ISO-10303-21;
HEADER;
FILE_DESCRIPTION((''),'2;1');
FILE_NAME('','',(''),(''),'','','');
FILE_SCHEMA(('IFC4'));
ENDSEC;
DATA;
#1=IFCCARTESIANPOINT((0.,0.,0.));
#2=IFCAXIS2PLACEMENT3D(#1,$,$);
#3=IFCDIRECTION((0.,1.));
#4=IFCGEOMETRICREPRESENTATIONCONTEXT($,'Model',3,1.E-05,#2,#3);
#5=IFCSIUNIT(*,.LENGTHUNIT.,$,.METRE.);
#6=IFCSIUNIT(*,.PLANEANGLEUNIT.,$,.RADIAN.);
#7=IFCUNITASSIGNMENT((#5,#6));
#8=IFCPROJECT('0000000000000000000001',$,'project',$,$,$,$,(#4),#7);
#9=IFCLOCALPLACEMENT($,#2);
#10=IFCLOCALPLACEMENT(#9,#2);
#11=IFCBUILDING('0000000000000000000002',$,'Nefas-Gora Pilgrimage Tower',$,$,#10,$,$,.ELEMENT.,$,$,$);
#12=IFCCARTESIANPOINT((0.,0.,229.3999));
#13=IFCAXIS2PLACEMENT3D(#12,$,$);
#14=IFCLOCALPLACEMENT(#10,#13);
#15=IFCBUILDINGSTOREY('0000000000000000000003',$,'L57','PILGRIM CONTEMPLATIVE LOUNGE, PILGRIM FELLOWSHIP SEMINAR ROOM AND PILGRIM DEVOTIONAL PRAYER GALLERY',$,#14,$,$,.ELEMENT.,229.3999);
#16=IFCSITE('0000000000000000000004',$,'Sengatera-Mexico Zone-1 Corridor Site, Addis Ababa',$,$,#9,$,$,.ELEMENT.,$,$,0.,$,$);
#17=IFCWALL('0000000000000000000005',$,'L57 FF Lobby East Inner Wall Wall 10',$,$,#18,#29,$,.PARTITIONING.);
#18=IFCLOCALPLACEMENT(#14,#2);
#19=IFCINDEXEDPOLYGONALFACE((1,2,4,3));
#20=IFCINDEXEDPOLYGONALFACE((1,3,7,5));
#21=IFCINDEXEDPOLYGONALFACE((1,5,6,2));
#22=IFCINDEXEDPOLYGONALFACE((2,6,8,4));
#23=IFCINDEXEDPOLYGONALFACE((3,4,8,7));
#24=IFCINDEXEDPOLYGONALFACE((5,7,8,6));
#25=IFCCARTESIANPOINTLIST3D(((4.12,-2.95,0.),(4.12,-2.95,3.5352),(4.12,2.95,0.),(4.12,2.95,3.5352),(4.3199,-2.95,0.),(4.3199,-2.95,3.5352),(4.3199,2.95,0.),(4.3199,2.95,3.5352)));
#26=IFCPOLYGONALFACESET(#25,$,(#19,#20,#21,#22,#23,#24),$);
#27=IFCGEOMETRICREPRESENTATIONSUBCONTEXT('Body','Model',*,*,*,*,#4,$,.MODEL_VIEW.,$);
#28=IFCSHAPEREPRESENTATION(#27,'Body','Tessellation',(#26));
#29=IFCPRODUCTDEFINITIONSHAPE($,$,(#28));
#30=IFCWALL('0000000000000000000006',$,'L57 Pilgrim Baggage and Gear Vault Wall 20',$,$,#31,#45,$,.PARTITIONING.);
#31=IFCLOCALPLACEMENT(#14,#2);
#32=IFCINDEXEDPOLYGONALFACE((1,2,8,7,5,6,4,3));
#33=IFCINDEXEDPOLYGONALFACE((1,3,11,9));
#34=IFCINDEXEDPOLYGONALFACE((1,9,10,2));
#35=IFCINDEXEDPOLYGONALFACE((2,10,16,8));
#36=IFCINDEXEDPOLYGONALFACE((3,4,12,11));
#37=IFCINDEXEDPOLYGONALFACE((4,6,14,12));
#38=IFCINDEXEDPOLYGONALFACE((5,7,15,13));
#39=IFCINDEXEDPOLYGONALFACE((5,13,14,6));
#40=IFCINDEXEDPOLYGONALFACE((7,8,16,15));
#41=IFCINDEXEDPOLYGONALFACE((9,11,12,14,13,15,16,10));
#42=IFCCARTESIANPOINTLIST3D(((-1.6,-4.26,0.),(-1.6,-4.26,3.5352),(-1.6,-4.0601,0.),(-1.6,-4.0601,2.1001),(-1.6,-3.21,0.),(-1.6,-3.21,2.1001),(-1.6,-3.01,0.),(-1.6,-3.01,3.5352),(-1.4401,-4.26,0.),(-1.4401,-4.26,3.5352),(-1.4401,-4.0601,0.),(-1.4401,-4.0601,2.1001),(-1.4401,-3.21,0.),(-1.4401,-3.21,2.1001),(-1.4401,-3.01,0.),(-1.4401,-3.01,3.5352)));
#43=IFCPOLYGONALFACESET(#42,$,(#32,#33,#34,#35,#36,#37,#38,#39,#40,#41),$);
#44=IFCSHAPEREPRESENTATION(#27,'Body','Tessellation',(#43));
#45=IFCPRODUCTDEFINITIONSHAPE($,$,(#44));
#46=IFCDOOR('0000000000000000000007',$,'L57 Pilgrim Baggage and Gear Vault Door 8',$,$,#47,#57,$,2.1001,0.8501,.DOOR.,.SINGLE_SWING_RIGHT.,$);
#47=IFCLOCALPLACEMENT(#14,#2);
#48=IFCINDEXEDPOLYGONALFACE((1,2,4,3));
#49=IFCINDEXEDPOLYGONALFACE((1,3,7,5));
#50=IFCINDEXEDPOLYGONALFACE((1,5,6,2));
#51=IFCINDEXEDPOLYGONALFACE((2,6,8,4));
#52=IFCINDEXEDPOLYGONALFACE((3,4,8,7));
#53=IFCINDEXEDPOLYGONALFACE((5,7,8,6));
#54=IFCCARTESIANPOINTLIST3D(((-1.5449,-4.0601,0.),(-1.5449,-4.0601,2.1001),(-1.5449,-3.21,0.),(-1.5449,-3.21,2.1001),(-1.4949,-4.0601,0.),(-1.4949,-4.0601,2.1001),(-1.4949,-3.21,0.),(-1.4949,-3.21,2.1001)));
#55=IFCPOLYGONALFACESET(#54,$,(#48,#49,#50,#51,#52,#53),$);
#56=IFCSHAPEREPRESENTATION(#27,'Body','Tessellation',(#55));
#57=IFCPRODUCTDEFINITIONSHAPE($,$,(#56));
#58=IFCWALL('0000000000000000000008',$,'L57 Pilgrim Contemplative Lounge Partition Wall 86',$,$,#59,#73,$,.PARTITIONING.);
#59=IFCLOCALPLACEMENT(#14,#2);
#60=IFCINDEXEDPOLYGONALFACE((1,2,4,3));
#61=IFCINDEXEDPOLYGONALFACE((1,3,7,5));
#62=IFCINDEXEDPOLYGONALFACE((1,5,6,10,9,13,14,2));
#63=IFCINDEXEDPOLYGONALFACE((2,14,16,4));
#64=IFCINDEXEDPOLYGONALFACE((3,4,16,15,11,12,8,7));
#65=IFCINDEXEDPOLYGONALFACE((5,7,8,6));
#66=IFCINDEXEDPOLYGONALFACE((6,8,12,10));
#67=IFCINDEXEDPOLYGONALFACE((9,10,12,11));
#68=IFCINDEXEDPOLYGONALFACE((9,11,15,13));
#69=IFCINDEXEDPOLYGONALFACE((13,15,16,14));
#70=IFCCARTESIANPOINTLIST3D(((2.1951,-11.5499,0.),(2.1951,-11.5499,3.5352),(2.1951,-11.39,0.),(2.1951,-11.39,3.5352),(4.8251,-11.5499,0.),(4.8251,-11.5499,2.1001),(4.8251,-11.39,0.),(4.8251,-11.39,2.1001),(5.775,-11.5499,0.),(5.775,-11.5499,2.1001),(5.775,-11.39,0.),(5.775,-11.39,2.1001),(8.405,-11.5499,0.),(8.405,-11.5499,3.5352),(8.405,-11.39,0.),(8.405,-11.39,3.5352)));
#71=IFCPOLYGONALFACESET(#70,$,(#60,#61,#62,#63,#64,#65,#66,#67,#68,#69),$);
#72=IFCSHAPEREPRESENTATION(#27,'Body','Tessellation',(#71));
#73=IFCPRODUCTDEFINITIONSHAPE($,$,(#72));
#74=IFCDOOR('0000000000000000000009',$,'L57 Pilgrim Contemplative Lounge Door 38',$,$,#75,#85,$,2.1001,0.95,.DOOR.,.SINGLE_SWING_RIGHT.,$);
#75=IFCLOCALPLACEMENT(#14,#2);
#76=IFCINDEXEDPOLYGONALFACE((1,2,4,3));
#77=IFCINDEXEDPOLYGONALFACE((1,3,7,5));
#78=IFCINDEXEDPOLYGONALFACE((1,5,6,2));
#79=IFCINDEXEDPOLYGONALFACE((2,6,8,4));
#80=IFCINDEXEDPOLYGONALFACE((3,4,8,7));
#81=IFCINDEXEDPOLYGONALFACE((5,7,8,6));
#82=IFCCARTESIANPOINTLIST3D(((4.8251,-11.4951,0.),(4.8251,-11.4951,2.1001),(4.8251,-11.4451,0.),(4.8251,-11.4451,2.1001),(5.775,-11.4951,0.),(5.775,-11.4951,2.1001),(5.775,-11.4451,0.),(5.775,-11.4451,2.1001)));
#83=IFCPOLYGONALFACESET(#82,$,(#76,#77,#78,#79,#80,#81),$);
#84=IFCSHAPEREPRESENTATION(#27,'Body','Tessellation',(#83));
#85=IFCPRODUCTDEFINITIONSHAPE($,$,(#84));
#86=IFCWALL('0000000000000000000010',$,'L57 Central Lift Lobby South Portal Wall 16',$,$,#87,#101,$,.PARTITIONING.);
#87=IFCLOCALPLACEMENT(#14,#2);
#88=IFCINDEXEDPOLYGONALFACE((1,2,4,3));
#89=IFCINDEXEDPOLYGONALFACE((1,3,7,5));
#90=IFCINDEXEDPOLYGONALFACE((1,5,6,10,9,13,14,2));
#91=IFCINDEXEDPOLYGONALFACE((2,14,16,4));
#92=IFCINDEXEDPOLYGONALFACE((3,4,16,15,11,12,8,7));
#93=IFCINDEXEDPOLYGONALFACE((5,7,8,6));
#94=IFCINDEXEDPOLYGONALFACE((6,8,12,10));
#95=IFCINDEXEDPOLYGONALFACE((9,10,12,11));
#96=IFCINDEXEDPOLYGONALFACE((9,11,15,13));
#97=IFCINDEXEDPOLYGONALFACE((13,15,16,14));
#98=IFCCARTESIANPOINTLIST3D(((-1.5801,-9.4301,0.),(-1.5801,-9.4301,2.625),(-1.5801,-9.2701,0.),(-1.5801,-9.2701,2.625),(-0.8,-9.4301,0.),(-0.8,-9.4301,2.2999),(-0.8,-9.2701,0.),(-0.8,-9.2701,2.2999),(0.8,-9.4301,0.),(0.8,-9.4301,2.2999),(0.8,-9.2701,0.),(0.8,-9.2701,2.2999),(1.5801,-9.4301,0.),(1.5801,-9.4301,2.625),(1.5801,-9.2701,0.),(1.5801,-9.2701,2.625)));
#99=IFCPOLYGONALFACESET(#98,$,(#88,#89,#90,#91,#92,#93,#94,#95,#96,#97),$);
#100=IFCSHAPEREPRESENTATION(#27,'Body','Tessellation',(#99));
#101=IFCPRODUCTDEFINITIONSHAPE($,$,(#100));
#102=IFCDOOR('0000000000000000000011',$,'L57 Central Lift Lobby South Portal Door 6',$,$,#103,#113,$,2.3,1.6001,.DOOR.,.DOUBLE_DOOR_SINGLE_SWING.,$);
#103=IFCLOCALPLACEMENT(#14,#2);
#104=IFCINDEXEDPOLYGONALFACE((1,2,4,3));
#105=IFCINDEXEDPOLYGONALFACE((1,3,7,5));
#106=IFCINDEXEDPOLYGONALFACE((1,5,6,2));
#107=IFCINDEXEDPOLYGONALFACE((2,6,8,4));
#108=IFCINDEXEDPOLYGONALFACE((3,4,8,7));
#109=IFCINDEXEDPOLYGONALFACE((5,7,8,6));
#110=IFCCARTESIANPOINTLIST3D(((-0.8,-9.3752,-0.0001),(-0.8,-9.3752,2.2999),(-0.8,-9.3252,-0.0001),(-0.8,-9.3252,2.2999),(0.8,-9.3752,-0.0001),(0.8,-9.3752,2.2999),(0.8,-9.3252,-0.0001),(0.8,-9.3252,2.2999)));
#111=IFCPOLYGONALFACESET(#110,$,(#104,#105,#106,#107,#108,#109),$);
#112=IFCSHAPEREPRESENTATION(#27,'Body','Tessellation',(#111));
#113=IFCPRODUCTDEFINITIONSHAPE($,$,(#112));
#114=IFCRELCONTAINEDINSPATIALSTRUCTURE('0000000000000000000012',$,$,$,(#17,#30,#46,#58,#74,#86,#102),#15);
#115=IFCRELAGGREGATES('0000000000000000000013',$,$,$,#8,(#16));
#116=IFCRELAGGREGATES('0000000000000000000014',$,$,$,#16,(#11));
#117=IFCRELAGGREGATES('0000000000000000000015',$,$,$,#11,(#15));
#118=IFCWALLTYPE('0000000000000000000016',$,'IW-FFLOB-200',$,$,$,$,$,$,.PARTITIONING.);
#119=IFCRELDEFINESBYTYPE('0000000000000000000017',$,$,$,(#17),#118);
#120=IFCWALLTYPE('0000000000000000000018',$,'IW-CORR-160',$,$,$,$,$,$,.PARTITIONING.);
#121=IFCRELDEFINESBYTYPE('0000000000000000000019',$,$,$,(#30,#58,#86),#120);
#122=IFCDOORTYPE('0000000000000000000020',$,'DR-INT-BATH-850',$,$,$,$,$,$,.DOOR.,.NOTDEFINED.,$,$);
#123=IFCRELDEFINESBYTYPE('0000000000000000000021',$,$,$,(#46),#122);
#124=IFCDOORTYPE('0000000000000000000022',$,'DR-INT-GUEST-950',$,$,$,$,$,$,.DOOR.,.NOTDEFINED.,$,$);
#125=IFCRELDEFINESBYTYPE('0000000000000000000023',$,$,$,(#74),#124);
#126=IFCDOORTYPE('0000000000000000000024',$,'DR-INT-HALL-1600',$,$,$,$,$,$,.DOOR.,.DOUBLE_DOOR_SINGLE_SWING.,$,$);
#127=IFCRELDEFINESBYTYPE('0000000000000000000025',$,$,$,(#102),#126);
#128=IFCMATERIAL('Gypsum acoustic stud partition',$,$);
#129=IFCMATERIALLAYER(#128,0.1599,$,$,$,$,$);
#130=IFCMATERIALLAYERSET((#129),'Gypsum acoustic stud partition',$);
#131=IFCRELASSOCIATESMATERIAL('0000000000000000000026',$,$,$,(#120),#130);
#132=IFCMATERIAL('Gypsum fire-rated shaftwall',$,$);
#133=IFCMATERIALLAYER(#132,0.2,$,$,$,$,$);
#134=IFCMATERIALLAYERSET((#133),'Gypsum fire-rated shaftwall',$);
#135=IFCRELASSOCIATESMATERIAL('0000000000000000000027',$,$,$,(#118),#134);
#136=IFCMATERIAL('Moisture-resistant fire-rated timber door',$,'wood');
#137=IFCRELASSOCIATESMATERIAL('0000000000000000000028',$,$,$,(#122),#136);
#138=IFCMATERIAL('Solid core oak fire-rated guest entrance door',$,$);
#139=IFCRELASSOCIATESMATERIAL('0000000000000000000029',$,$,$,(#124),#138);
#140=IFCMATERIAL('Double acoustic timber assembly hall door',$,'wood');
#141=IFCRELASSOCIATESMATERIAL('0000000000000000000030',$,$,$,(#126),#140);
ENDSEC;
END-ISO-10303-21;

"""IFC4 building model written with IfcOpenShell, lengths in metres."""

from ifc_helpers import new_model, si_unit, direction, frame, frame_2d, origin, place, context, subcontext, project, spatial, rectangle, extrude, source, transform, mapped, material, layer, layer_set, type_object, element, fill, save


model = new_model("IFC4")

# Units and contexts
model_context = context("Model", 3, precision=1e-05, world=origin(), true_north=direction((0.0, 1.0)))
body_context = subcontext(model_context, "Body", "Model", "MODEL_VIEW")
ifc_project = project(units=[si_unit("LENGTHUNIT", "METRE"), si_unit("PLANEANGLEUNIT", "RADIAN")], contexts=[model_context])

# Site, building, storey
site_placement = place(None, origin())
site = spatial("IfcSite", under=ifc_project, at=site_placement, Name="Sengatera-Mexico Zone-1 Corridor Site, Addis Ababa", CompositionType="ELEMENT", RefElevation=0.0)
building_placement = place(site_placement, origin())
building = spatial("IfcBuilding", under=site, at=building_placement, Name="Nefas-Gora Pilgrimage Tower", CompositionType="ELEMENT")
storey_placement = place(building_placement, frame((0.0, 0.0, 229.3999)))
storey = spatial("IfcBuildingStorey", under=building, at=storey_placement, Name="L57", Description="PILGRIM CONTEMPLATIVE LOUNGE, PILGRIM FELLOWSHIP SEMINAR ROOM AND PILGRIM DEVOTIONAL PRAYER GALLERY", CompositionType="ELEMENT", Elevation=229.3999)

# Wall
ifc_material_1 = material(Name="Gypsum acoustic stud partition")
ifc_layer_1 = layer(ifc_material_1, 0.1599)
ifc_layer_set_1 = layer_set([ifc_layer_1], Name="Gypsum acoustic stud partition")
wall_type_1 = type_object("IfcWallType", Name="IW-CORR-160", PredefinedType="PARTITIONING", material=ifc_layer_set_1)
ifc_material_2 = material(Name="Gypsum fire-rated shaftwall")
ifc_layer_2 = layer(ifc_material_2, 0.2)
ifc_layer_set_2 = layer_set([ifc_layer_2], Name="Gypsum fire-rated shaftwall")
wall_type_2 = type_object("IfcWallType", Name="IW-FFLOB-200", PredefinedType="PARTITIONING", material=ifc_layer_set_2)
shared_shape_1 = source(origin(), body_context, "Body", "SweptSolid", [
    extrude(rectangle(XDim=5.8999, YDim=0.2, at=frame_2d((2.95, 0.0))), origin(), (0.0, 0.0, 1.0), 3.5352),
])
wall_1_placement = place(storey_placement, frame((4.22, -2.95, 0.0), z_axis=(0.0, 0.0, 1.0), x_axis=(0.0, 1.0, 0.0)))
element("IfcWall", 1, at=wall_1_placement, inside=storey, type_object=wall_type_2, Name="L57 FF Lobby East Inner Wall Wall 10", PredefinedType="PARTITIONING", context=body_context, shape_type="MappedRepresentation", body=[
    mapped(shared_shape_1, transform((0.0, 0.0, 0.0), x_axis=(1.0, 0.0, 0.0), y_axis=(0.0, 1.0, 0.0), z_axis=(0.0, 0.0, 1.0), scale=1.0)),
])

# Walls, openings, doors
shared_shape_2 = source(origin(), body_context, "Body", "SweptSolid", [
    extrude(rectangle(XDim=1.25, YDim=0.1599, at=frame_2d((0.625, 0.0))), origin(), (0.0, 0.0, 1.0), 3.5352),
])
wall_2_placement = place(storey_placement, frame((-1.52, -4.26, 0.0), z_axis=(0.0, 0.0, 1.0), x_axis=(0.0, 1.0, 0.0)))
wall_2 = element("IfcWall", 2, at=wall_2_placement, inside=storey, type_object=wall_type_1, Name="L57 Pilgrim Baggage and Gear Vault Wall 20", PredefinedType="PARTITIONING", context=body_context, shape_type="MappedRepresentation", body=[
    mapped(shared_shape_2, transform((0.0, 0.0, 0.0), x_axis=(1.0, 0.0, 0.0), y_axis=(0.0, 1.0, 0.0), z_axis=(0.0, 0.0, 1.0), scale=1.0)),
])
opening_1_placement = place(wall_2_placement, frame((0.2, 0.0, 0.0)))
opening_1 = element("IfcOpeningElement", 3, at=opening_1_placement, cuts=wall_2, PredefinedType="OPENING", context=body_context, shape_type="SweptSolid", body=[
    extrude(rectangle(XDim=0.8501, YDim=2.1001, at=frame_2d((0.425, 1.05))), frame((0.0, 0.0898, 0.0), z_axis=(0.0, -1.0, 0.0), x_axis=(1.0, 0.0, 0.0)), (0.0, 0.0, 1.0), 0.1799),
])
ifc_material_3 = material(Name="Moisture-resistant fire-rated timber door", Category="wood")
door_type_1 = type_object("IfcDoorType", Name="DR-INT-BATH-850", OperationType="NOTDEFINED", PredefinedType="DOOR", material=ifc_material_3)
shared_shape_3 = source(origin(), body_context, "Body", "SweptSolid", [
    extrude(rectangle(XDim=0.8501, YDim=2.1001, at=frame_2d((0.425, 1.05))), frame((0.0, 0.0249, 0.0), z_axis=(0.0, -1.0, 0.0), x_axis=(1.0, 0.0, 0.0)), (0.0, 0.0, 1.0), 0.05),
])
door_1_placement = place(opening_1_placement, origin())
door_1 = element("IfcDoor", 4, at=door_1_placement, inside=storey, type_object=door_type_1, Name="L57 Pilgrim Baggage and Gear Vault Door 8", OperationType="SINGLE_SWING_RIGHT", OverallHeight=2.1001, OverallWidth=0.8501, PredefinedType="DOOR", context=body_context, shape_type="MappedRepresentation", body=[
    mapped(shared_shape_3, transform((0.0, 0.0, 0.0), x_axis=(1.0, 0.0, 0.0), y_axis=(0.0, 1.0, 0.0), z_axis=(0.0, 0.0, 1.0), scale=1.0)),
])
fill(opening_1, door_1)
shared_shape_4 = source(origin(), body_context, "Body", "SweptSolid", [
    extrude(rectangle(XDim=6.21, YDim=0.1599, at=frame_2d((3.105, 0.0))), origin(), (0.0, 0.0, 1.0), 3.5352),
])
wall_3_placement = place(storey_placement, frame((2.1951, -11.47, 0.0), z_axis=(0.0, 0.0, 1.0), x_axis=(1.0, 0.0, 0.0)))
wall_3 = element("IfcWall", 5, at=wall_3_placement, inside=storey, type_object=wall_type_1, Name="L57 Pilgrim Contemplative Lounge Partition Wall 86", PredefinedType="PARTITIONING", context=body_context, shape_type="MappedRepresentation", body=[
    mapped(shared_shape_4, transform((0.0, 0.0, 0.0), x_axis=(1.0, 0.0, 0.0), y_axis=(0.0, 1.0, 0.0), z_axis=(0.0, 0.0, 1.0), scale=1.0)),
])
opening_2_placement = place(wall_3_placement, frame((2.6299, 0.0, 0.0)))
opening_2 = element("IfcOpeningElement", 6, at=opening_2_placement, cuts=wall_3, PredefinedType="OPENING", context=body_context, shape_type="SweptSolid", body=[
    extrude(rectangle(XDim=0.95, YDim=2.1001, at=frame_2d((0.4751, 1.05))), frame((0.0, 0.0898, 0.0), z_axis=(0.0, -1.0, 0.0), x_axis=(1.0, 0.0, 0.0)), (0.0, 0.0, 1.0), 0.1799),
])
ifc_material_4 = material(Name="Solid core oak fire-rated guest entrance door")
door_type_2 = type_object("IfcDoorType", Name="DR-INT-GUEST-950", OperationType="NOTDEFINED", PredefinedType="DOOR", material=ifc_material_4)
shared_shape_5 = source(origin(), body_context, "Body", "SweptSolid", [
    extrude(rectangle(XDim=0.95, YDim=2.1001, at=frame_2d((0.4751, 1.05))), frame((0.0, 0.0249, 0.0), z_axis=(0.0, -1.0, 0.0), x_axis=(1.0, 0.0, 0.0)), (0.0, 0.0, 1.0), 0.05),
])
door_2_placement = place(opening_2_placement, origin())
door_2 = element("IfcDoor", 7, at=door_2_placement, inside=storey, type_object=door_type_2, Name="L57 Pilgrim Contemplative Lounge Door 38", OperationType="SINGLE_SWING_RIGHT", OverallHeight=2.1001, OverallWidth=0.95, PredefinedType="DOOR", context=body_context, shape_type="MappedRepresentation", body=[
    mapped(shared_shape_5, transform((0.0, 0.0, 0.0), x_axis=(1.0, 0.0, 0.0), y_axis=(0.0, 1.0, 0.0), z_axis=(0.0, 0.0, 1.0), scale=1.0)),
])
fill(opening_2, door_2)
shared_shape_6 = source(origin(), body_context, "Body", "SweptSolid", [
    extrude(rectangle(XDim=3.1602, YDim=0.1599, at=frame_2d((1.5801, 0.0))), origin(), (0.0, 0.0, 1.0), 2.625),
])
wall_4_placement = place(storey_placement, frame((-1.5801, -9.3501, 0.0), z_axis=(0.0, 0.0, 1.0), x_axis=(1.0, 0.0, 0.0)))
wall_4 = element("IfcWall", 8, at=wall_4_placement, inside=storey, type_object=wall_type_1, Name="L57 Central Lift Lobby South Portal Wall 16", PredefinedType="PARTITIONING", context=body_context, shape_type="MappedRepresentation", body=[
    mapped(shared_shape_6, transform((0.0, 0.0, 0.0), x_axis=(1.0, 0.0, 0.0), y_axis=(0.0, 1.0, 0.0), z_axis=(0.0, 0.0, 1.0), scale=1.0)),
])
opening_3_placement = place(wall_4_placement, frame((0.78, 0.0, 0.0)))
opening_3 = element("IfcOpeningElement", 9, at=opening_3_placement, cuts=wall_4, PredefinedType="OPENING", context=body_context, shape_type="SweptSolid", body=[
    extrude(rectangle(XDim=1.6001, YDim=2.3, at=frame_2d((0.8, 1.1499))), frame((0.0, 0.0898, 0.0), z_axis=(0.0, -1.0, 0.0), x_axis=(1.0, 0.0, 0.0)), (0.0, 0.0, 1.0), 0.1799),
])
ifc_material_5 = material(Name="Double acoustic timber assembly hall door", Category="wood")
door_type_3 = type_object("IfcDoorType", Name="DR-INT-HALL-1600", OperationType="DOUBLE_DOOR_SINGLE_SWING", PredefinedType="DOOR", material=ifc_material_5)
shared_shape_7 = source(origin(), body_context, "Body", "SweptSolid", [
    extrude(rectangle(XDim=1.6001, YDim=2.3, at=frame_2d((0.8, 1.1499))), frame((0.0, 0.0249, 0.0), z_axis=(0.0, -1.0, 0.0), x_axis=(1.0, 0.0, 0.0)), (0.0, 0.0, 1.0), 0.05),
])
door_3_placement = place(opening_3_placement, origin())
door_3 = element("IfcDoor", 10, at=door_3_placement, inside=storey, type_object=door_type_3, Name="L57 Central Lift Lobby South Portal Door 6", OperationType="DOUBLE_DOOR_SINGLE_SWING", OverallHeight=2.3, OverallWidth=1.6001, PredefinedType="DOOR", context=body_context, shape_type="MappedRepresentation", body=[
    mapped(shared_shape_7, transform((0.0, 0.0, 0.0), x_axis=(1.0, 0.0, 0.0), y_axis=(0.0, 1.0, 0.0), z_axis=(0.0, 0.0, 1.0), scale=1.0)),
])
fill(opening_3, door_3)

save(model, "model.ifc")
